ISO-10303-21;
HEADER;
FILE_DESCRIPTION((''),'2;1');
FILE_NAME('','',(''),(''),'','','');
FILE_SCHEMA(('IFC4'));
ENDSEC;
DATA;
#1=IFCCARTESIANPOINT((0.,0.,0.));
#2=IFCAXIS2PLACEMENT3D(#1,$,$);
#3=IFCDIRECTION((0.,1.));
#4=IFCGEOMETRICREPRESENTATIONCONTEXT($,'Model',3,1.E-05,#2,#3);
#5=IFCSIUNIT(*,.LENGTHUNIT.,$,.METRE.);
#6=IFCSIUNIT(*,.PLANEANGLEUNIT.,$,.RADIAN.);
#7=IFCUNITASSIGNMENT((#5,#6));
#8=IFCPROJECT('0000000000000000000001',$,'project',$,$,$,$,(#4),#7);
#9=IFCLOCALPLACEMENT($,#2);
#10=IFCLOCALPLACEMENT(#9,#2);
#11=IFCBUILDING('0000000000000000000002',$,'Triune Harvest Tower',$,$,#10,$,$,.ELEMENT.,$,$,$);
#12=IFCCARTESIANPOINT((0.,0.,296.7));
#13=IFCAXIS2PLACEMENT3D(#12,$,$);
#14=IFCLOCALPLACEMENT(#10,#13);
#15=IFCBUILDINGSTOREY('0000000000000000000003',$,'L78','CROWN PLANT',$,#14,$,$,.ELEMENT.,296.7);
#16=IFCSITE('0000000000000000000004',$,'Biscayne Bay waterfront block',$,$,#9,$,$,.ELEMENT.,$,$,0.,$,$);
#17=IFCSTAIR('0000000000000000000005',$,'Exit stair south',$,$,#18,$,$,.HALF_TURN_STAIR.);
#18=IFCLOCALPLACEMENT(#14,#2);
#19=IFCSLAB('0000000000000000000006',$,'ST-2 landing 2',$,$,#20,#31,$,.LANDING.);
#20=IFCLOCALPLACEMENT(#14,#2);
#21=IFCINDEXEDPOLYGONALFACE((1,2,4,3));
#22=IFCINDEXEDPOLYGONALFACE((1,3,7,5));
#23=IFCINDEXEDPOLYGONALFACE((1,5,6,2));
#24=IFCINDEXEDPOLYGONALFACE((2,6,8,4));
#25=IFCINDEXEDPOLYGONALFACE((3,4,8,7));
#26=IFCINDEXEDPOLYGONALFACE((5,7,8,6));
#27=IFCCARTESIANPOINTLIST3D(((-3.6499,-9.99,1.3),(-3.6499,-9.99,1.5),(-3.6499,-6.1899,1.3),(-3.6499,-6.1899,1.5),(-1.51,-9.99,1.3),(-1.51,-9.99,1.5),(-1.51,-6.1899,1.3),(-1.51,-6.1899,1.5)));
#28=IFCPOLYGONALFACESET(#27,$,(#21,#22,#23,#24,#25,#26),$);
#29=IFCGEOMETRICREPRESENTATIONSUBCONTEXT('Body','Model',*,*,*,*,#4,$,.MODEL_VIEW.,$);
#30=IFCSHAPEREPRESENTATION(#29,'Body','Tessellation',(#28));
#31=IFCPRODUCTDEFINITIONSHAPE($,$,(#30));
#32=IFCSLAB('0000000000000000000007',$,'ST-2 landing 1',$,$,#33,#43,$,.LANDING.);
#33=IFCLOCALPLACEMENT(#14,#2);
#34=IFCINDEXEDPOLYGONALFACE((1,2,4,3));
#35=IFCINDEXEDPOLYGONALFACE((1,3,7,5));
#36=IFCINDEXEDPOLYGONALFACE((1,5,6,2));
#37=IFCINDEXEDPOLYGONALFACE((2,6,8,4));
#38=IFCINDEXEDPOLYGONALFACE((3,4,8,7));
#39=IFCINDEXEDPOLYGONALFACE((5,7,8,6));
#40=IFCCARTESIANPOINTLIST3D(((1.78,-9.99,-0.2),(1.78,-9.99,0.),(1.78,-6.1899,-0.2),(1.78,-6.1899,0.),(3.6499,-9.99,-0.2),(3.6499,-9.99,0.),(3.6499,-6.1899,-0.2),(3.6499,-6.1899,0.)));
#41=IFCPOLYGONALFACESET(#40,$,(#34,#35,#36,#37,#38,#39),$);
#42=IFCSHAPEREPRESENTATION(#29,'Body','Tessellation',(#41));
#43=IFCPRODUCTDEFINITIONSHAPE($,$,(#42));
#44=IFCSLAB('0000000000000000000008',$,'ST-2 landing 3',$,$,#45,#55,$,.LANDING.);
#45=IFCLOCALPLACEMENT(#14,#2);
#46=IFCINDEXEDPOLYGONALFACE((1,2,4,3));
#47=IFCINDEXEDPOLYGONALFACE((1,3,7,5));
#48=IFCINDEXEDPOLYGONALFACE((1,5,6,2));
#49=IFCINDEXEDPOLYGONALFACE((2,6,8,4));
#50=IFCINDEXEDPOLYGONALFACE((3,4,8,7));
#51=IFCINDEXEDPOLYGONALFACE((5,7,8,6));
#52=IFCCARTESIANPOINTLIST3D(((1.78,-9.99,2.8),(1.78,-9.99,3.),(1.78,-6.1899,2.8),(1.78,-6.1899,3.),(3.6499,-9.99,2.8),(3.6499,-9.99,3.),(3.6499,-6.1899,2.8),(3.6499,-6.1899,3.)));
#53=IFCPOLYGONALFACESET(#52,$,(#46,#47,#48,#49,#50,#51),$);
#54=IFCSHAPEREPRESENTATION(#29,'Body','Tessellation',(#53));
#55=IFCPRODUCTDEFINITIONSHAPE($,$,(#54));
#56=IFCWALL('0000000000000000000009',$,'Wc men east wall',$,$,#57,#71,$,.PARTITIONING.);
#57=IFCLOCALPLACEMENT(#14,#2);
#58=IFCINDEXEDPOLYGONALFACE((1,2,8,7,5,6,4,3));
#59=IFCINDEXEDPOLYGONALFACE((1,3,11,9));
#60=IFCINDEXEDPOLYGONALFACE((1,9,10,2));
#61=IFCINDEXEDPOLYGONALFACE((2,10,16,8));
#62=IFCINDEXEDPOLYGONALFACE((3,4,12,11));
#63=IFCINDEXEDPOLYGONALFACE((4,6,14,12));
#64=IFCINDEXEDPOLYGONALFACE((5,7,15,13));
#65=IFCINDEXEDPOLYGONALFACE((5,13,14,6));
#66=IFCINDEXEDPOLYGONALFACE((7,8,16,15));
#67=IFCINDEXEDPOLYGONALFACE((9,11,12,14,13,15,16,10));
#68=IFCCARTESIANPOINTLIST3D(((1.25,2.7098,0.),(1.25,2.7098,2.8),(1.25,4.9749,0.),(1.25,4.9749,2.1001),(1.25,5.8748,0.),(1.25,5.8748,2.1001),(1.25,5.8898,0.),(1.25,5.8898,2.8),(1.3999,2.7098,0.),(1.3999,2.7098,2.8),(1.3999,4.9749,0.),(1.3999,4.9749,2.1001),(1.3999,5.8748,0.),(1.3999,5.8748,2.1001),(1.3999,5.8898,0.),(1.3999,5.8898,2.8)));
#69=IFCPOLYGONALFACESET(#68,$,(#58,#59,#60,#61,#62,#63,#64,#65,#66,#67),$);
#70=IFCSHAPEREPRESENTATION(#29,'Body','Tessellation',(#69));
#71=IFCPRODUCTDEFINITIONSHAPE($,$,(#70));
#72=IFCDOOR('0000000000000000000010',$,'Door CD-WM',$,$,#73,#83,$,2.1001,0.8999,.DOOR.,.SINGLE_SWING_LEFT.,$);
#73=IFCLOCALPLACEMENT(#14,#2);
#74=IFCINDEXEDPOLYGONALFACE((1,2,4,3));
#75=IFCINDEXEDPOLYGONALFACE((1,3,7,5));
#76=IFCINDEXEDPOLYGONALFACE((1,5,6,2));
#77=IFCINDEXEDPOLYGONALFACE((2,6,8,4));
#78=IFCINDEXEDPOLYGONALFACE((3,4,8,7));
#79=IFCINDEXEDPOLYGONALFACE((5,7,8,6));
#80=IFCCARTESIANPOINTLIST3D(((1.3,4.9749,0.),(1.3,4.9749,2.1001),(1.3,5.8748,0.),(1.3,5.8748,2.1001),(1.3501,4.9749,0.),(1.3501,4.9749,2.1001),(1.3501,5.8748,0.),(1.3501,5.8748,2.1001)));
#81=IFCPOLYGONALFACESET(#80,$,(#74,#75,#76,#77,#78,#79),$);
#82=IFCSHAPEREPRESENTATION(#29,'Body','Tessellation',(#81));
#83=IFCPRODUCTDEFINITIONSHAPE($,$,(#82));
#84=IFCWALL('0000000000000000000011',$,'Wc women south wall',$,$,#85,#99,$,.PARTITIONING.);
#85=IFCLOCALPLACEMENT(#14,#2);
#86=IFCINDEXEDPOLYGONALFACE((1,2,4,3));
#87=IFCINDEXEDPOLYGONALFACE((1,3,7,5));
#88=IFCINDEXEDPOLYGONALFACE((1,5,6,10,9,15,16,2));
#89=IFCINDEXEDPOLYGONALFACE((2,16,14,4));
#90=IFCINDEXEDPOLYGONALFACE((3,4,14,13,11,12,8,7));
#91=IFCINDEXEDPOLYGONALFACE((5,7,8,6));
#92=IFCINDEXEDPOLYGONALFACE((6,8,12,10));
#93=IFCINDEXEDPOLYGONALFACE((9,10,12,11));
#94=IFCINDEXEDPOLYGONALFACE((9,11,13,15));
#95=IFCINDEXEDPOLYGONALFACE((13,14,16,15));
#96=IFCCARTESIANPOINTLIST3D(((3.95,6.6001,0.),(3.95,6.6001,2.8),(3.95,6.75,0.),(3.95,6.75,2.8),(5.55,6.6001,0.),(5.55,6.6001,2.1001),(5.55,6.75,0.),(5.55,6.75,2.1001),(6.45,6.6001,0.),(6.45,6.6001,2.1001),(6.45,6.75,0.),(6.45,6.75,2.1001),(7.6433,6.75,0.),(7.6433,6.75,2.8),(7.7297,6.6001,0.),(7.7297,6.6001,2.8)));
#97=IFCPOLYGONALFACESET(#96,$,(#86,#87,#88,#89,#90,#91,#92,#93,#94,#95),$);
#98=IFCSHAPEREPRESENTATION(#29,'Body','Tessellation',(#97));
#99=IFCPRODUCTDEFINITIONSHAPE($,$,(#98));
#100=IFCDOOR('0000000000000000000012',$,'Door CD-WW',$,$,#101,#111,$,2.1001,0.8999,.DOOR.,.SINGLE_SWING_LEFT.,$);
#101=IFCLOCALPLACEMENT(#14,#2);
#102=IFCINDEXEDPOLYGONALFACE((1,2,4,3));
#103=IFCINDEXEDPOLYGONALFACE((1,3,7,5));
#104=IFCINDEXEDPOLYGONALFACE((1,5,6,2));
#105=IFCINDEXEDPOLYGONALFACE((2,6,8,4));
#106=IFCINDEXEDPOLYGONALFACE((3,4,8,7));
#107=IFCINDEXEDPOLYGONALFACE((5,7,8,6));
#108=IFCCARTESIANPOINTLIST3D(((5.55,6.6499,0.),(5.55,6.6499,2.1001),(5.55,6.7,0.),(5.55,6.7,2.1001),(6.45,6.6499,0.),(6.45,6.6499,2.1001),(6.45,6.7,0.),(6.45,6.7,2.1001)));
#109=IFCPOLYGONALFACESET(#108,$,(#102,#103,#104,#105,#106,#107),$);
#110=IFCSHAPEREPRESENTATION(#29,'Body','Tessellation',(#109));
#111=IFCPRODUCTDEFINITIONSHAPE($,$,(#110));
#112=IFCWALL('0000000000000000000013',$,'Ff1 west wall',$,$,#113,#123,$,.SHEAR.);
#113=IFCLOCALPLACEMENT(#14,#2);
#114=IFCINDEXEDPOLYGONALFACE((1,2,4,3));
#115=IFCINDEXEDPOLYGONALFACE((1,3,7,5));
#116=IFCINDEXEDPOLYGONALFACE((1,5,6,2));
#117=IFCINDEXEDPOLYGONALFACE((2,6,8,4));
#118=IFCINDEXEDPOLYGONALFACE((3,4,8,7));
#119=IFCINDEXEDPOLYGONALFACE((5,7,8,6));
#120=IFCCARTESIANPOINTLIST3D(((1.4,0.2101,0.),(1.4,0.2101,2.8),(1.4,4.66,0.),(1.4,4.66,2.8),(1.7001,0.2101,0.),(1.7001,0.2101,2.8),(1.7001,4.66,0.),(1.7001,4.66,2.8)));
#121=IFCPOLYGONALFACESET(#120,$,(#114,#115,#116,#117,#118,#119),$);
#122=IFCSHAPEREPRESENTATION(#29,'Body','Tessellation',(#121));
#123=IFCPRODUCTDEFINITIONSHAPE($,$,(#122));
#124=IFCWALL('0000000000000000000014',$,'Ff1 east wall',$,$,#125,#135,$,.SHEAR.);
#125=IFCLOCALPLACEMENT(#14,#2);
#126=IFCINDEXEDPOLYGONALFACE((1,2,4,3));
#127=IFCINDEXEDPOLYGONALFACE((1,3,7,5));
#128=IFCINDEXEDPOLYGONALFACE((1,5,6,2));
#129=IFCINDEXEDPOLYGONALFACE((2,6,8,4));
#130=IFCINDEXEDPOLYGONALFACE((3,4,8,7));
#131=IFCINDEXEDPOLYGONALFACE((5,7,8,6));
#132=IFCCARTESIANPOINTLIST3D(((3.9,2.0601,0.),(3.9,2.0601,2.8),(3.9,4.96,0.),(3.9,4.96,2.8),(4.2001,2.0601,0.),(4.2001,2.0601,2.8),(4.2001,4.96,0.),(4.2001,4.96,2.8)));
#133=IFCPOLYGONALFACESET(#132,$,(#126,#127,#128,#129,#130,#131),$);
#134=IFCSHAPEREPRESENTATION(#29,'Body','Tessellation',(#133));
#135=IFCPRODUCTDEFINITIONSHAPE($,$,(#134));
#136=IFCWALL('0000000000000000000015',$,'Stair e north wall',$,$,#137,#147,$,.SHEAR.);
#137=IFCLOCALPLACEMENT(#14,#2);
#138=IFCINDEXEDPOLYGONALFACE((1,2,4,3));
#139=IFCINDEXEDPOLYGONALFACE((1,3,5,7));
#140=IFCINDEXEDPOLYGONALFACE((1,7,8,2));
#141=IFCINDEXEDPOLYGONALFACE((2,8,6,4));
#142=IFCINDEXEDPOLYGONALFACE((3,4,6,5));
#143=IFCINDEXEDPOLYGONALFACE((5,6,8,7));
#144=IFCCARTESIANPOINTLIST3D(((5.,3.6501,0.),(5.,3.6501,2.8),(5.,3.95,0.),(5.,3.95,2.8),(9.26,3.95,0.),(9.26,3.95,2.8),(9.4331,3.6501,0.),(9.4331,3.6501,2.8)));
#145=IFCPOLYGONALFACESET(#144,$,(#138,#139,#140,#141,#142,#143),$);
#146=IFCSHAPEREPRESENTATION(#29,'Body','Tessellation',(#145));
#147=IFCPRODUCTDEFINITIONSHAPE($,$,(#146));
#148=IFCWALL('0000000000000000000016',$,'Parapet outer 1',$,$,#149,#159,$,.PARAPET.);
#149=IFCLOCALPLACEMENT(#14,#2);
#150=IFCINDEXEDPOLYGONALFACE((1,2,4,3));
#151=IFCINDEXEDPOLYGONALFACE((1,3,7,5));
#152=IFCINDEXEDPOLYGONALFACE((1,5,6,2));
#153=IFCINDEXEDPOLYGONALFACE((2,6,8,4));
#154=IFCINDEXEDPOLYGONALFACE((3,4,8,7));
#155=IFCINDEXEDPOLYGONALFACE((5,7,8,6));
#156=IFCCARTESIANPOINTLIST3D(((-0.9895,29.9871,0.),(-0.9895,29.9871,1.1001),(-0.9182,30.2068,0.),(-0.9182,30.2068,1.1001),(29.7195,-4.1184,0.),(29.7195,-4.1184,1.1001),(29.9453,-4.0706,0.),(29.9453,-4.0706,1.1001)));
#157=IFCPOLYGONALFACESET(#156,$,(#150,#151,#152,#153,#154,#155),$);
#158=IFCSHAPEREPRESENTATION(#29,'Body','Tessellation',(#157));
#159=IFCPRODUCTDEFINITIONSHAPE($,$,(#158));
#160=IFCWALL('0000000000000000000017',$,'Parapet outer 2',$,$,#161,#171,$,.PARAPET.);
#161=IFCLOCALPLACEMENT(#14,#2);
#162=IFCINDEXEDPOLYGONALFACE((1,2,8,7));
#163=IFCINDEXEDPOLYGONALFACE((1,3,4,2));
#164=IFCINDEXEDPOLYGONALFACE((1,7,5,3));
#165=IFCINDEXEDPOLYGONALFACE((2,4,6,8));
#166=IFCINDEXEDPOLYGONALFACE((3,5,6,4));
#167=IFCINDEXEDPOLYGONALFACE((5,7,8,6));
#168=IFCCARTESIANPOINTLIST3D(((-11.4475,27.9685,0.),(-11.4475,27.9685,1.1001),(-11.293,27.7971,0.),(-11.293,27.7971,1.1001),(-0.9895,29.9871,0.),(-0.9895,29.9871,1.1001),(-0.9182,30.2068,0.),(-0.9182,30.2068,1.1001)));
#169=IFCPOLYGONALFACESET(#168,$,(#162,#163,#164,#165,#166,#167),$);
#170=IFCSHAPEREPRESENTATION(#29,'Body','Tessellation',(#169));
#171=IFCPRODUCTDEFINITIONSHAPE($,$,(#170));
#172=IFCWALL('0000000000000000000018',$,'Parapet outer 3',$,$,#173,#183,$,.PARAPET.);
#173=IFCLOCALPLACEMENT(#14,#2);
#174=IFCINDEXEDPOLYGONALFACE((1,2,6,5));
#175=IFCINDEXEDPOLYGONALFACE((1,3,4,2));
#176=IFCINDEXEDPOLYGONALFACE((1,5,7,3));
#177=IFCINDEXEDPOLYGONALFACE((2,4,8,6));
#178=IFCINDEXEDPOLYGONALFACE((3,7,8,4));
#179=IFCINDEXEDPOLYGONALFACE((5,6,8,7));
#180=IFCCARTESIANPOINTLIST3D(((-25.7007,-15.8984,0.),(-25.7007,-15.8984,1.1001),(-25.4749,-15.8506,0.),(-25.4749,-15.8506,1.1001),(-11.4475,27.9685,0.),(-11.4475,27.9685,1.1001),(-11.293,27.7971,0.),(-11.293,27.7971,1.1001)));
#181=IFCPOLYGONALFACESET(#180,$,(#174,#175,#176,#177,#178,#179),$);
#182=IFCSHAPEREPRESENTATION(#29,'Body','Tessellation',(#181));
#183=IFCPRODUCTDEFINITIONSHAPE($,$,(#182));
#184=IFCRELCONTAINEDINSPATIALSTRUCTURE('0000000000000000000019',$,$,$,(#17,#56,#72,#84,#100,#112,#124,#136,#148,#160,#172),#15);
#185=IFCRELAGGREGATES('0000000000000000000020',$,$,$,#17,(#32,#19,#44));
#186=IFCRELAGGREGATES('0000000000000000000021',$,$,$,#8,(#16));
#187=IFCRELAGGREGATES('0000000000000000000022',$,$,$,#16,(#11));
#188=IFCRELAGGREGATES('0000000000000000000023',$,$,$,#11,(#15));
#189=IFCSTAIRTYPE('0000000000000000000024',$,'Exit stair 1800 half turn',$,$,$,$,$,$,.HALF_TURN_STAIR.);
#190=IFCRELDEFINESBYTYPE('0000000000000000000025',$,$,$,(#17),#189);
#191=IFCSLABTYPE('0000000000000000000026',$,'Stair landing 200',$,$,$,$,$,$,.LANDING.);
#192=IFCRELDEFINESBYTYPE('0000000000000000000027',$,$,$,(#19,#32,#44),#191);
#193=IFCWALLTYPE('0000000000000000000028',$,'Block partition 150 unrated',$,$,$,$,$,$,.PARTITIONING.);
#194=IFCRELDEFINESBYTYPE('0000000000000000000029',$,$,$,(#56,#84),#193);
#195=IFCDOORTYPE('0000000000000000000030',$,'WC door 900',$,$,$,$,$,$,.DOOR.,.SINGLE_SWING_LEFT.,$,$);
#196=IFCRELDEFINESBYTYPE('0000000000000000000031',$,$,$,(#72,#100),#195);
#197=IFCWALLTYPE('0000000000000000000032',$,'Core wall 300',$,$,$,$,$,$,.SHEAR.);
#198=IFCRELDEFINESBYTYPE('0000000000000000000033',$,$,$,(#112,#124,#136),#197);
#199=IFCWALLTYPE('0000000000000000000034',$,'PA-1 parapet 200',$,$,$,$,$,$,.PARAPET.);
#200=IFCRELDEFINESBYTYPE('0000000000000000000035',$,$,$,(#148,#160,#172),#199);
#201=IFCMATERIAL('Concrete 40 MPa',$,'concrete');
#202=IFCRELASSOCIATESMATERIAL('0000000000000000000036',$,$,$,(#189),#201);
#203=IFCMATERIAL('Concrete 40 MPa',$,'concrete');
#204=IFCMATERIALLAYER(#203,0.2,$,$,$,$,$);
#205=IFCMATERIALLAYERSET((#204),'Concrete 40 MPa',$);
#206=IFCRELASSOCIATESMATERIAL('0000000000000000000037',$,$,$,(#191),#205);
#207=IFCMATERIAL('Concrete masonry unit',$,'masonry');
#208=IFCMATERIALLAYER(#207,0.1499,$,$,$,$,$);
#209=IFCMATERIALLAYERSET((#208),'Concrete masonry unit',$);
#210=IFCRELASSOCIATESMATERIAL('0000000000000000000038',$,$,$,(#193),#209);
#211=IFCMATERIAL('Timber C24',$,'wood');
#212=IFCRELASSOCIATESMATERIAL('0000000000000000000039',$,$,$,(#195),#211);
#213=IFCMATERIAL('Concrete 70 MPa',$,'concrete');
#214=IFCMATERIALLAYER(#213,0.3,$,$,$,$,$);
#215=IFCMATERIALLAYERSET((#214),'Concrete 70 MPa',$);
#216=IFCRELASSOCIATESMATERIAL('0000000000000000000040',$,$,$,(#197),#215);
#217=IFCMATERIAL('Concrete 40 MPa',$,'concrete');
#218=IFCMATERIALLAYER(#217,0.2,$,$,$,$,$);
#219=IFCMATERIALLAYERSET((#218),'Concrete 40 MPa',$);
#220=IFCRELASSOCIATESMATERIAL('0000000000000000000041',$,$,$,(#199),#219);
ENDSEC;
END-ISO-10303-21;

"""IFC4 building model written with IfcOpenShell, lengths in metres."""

from ifc_helpers import new_model, si_unit, direction, frame, frame_2d, origin, place, context, subcontext, project, spatial, polyline, rectangle, outline, extrude, source, transform, mapped, material, layer, layer_set, type_object, element, fill, aggregate, save


model = new_model("IFC4")

# Units and contexts
model_context = context("Model", 3, precision=1e-05, world=origin(), true_north=direction((0.0, 1.0)))
body_context = subcontext(model_context, "Body", "Model", "MODEL_VIEW")
ifc_project = project(units=[si_unit("LENGTHUNIT", "METRE"), si_unit("PLANEANGLEUNIT", "RADIAN")], contexts=[model_context])

# Site, building, storey
site_placement = place(None, origin())
site = spatial("IfcSite", under=ifc_project, at=site_placement, Name="Biscayne Bay waterfront block", CompositionType="ELEMENT", RefElevation=0.0)
building_placement = place(site_placement, origin())
building = spatial("IfcBuilding", under=site, at=building_placement, Name="Triune Harvest Tower", CompositionType="ELEMENT")
storey_placement = place(building_placement, frame((0.0, 0.0, 296.7)))
storey = spatial("IfcBuildingStorey", under=building, at=storey_placement, Name="L78", Description="CROWN PLANT", CompositionType="ELEMENT", Elevation=296.7)

# Stair, slabs
ifc_material_1 = material(Name="Concrete 40 MPa", Category="concrete")
stair_type = type_object("IfcStairType", Name="Exit stair 1800 half turn", PredefinedType="HALF_TURN_STAIR", material=ifc_material_1)
stair_placement = place(storey_placement, origin())
stair = element("IfcStair", 1, at=stair_placement, inside=storey, type_object=stair_type, Name="Exit stair south", PredefinedType="HALF_TURN_STAIR")
ifc_material_2 = material(Name="Concrete 40 MPa", Category="concrete")
ifc_layer_1 = layer(ifc_material_2, 0.2)
ifc_layer_set_1 = layer_set([ifc_layer_1], Name="Concrete 40 MPa")
slab_type = type_object("IfcSlabType", Name="Stair landing 200", PredefinedType="LANDING", material=ifc_layer_set_1)
shared_shape_1 = source(origin(), body_context, "Body", "SweptSolid", [
    extrude(outline(polyline([(-1.51, -6.1899), (-3.6499, -6.1899), (-3.6499, -9.99), (-1.51, -9.99), (-1.51, -6.1899)])), origin(), (0.0, 0.0, 1.0), 0.2),
])
slab_1_placement = place(storey_placement, frame((0.0, 0.0, 1.3)))
slab_1 = element("IfcSlab", 2, at=slab_1_placement, type_object=slab_type, Name="ST-2 landing 2", PredefinedType="LANDING", context=body_context, shape_type="MappedRepresentation", body=[
    mapped(shared_shape_1, transform((0.0, 0.0, 0.0), scale=1.0)),
])
shared_shape_2 = source(origin(), body_context, "Body", "SweptSolid", [
    extrude(outline(polyline([(3.6499, -6.1899), (1.78, -6.1899), (1.78, -9.99), (3.6499, -9.99), (3.6499, -6.1899)])), origin(), (0.0, 0.0, 1.0), 0.2),
])
slab_2_placement = place(storey_placement, frame((0.0, 0.0, -0.2)))
slab_2 = element("IfcSlab", 3, at=slab_2_placement, type_object=slab_type, Name="ST-2 landing 1", PredefinedType="LANDING", context=body_context, shape_type="MappedRepresentation", body=[
    mapped(shared_shape_2, transform((0.0, 0.0, 0.0), scale=1.0)),
])
slab_3_placement = place(storey_placement, frame((0.0, 0.0, 2.8)))
slab_3 = element("IfcSlab", 4, at=slab_3_placement, type_object=slab_type, Name="ST-2 landing 3", PredefinedType="LANDING", context=body_context, shape_type="MappedRepresentation", body=[
    mapped(shared_shape_2, transform((0.0, 0.0, 0.0), scale=1.0)),
])
aggregate(stair, [slab_2, slab_1, slab_3])

# Walls, openings, doors
ifc_material_3 = material(Name="Concrete masonry unit", Category="masonry")
ifc_layer_2 = layer(ifc_material_3, 0.1499)
ifc_layer_set_2 = layer_set([ifc_layer_2], Name="Concrete masonry unit")
wall_type_1 = type_object("IfcWallType", Name="Block partition 150 unrated", PredefinedType="PARTITIONING", material=ifc_layer_set_2)
wall_1_placement = place(storey_placement, frame((1.325, 2.71, 0.0), z_axis=(0.0, 0.0, 1.0), x_axis=(0.0, 1.0, 0.0)))
wall_1 = element("IfcWall", 5, at=wall_1_placement, inside=storey, type_object=wall_type_1, Name="Wc men east wall", PredefinedType="PARTITIONING", context=body_context, shape_type="SweptSolid", body=[
    extrude(rectangle(XDim=3.1799, YDim=0.1499, at=frame_2d((1.5898, 0.0))), origin(), (0.0, 0.0, 1.0), 2.8),
])
opening_1_placement = place(wall_1_placement, frame((2.2649, 0.0, 0.0)))
opening_1 = element("IfcOpeningElement", 6, at=opening_1_placement, cuts=wall_1, PredefinedType="OPENING", context=body_context, shape_type="SweptSolid", body=[
    extrude(rectangle(XDim=0.8999, YDim=2.1001, at=frame_2d((0.45, 1.05))), frame((0.0, 0.085, 0.0), z_axis=(0.0, -1.0, 0.0), x_axis=(1.0, 0.0, 0.0)), (0.0, 0.0, 1.0), 0.1699),
])
ifc_material_4 = material(Name="Timber C24", Category="wood")
door_type_1 = type_object("IfcDoorType", Name="WC door 900", OperationType="SINGLE_SWING_LEFT", PredefinedType="DOOR", material=ifc_material_4)
door_1_placement = place(opening_1_placement, origin())
door_1 = element("IfcDoor", 7, at=door_1_placement, inside=storey, type_object=door_type_1, Name="Door CD-WM", OperationType="SINGLE_SWING_LEFT", OverallHeight=2.1001, OverallWidth=0.8999, PredefinedType="DOOR", context=body_context, shape_type="SweptSolid", body=[
    extrude(rectangle(XDim=0.8999, YDim=2.1001, at=frame_2d((0.45, 1.05))), frame((0.0, 0.0249, 0.0), z_axis=(0.0, -1.0, 0.0), x_axis=(1.0, 0.0, 0.0)), (0.0, 0.0, 1.0), 0.05),
])
fill(opening_1, door_1)
wall_2_placement = place(storey_placement, frame((3.95, 6.675, 0.0), z_axis=(0.0, 0.0, 1.0), x_axis=(1.0, 0.0, 0.0)))
wall_2 = element("IfcWall", 8, at=wall_2_placement, inside=storey, type_object=wall_type_1, Name="Wc women south wall", PredefinedType="PARTITIONING", context=body_context, shape_type="SweptSolid", body=[
    extrude(outline(polyline([(0.0, -0.075), (0.0, 0.075), (3.6934, 0.075), (3.7798, -0.075), (0.0, -0.075)])), origin(), (0.0, 0.0, 1.0), 2.8),
])
opening_2_placement = place(wall_2_placement, frame((1.6001, 0.0, 0.0)))
opening_2 = element("IfcOpeningElement", 9, at=opening_2_placement, cuts=wall_2, PredefinedType="OPENING", context=body_context, shape_type="SweptSolid", body=[
    extrude(rectangle(XDim=0.8999, YDim=2.1001, at=frame_2d((0.45, 1.05))), frame((0.0, 0.085, 0.0), z_axis=(0.0, -1.0, 0.0), x_axis=(1.0, 0.0, 0.0)), (0.0, 0.0, 1.0), 0.1699),
])
door_2_placement = place(opening_2_placement, origin())
door_2 = element("IfcDoor", 10, at=door_2_placement, inside=storey, type_object=door_type_1, Name="Door CD-WW", OperationType="SINGLE_SWING_LEFT", OverallHeight=2.1001, OverallWidth=0.8999, PredefinedType="DOOR", context=body_context, shape_type="SweptSolid", body=[
    extrude(rectangle(XDim=0.8999, YDim=2.1001, at=frame_2d((0.45, 1.05))), frame((0.0, 0.0249, 0.0), z_axis=(0.0, -1.0, 0.0), x_axis=(1.0, 0.0, 0.0)), (0.0, 0.0, 1.0), 0.05),
])
fill(opening_2, door_2)

# Walls
ifc_material_5 = material(Name="Concrete 70 MPa", Category="concrete")
ifc_layer_3 = layer(ifc_material_5, 0.3)
ifc_layer_set_3 = layer_set([ifc_layer_3], Name="Concrete 70 MPa")
wall_type_2 = type_object("IfcWallType", Name="Core wall 300", PredefinedType="SHEAR", material=ifc_layer_set_3)
wall_3_placement = place(storey_placement, frame((1.55, 0.21, 0.0), z_axis=(0.0, 0.0, 1.0), x_axis=(0.0, 1.0, 0.0)))
element("IfcWall", 11, at=wall_3_placement, inside=storey, type_object=wall_type_2, Name="Ff1 west wall", PredefinedType="SHEAR", context=body_context, shape_type="SweptSolid", body=[
    extrude(rectangle(XDim=4.45, YDim=0.3, at=frame_2d((2.2251, 0.0))), origin(), (0.0, 0.0, 1.0), 2.8),
])
wall_4_placement = place(storey_placement, frame((4.05, 2.0601, 0.0), z_axis=(0.0, 0.0, 1.0), x_axis=(0.0, 1.0, 0.0)))
element("IfcWall", 12, at=wall_4_placement, inside=storey, type_object=wall_type_2, Name="Ff1 east wall", PredefinedType="SHEAR", context=body_context, shape_type="SweptSolid", body=[
    extrude(rectangle(XDim=2.8999, YDim=0.3, at=frame_2d((1.45, 0.0))), origin(), (0.0, 0.0, 1.0), 2.8),
])
wall_5_placement = place(storey_placement, frame((5.0, 3.8, 0.0), z_axis=(0.0, 0.0, 1.0), x_axis=(1.0, 0.0, 0.0)))
element("IfcWall", 13, at=wall_5_placement, inside=storey, type_object=wall_type_2, Name="Stair e north wall", PredefinedType="SHEAR", context=body_context, shape_type="SweptSolid", body=[
    extrude(outline(polyline([(0.0, -0.1499), (0.0, 0.1499), (4.26, 0.1499), (4.4331, -0.1499), (0.0, -0.1499)])), origin(), (0.0, 0.0, 1.0), 2.8),
])
ifc_material_6 = material(Name="Concrete 40 MPa", Category="concrete")
ifc_layer_4 = layer(ifc_material_6, 0.2)
ifc_layer_set_4 = layer_set([ifc_layer_4], Name="Concrete 40 MPa")
wall_type_3 = type_object("IfcWallType", Name="PA-1 parapet 200", PredefinedType="PARAPET", material=ifc_layer_set_4)
wall_6_placement = place(storey_placement, origin())
element("IfcWall", 14, at=wall_6_placement, inside=storey, type_object=wall_type_3, Name="Parapet outer 1", PredefinedType="PARAPET", context=body_context, shape_type="SweptSolid", body=[
    extrude(outline(polyline([(29.9453, -4.0706), (-0.9182, 30.2068), (-0.9895, 29.9871), (29.7195, -4.1184), (29.9453, -4.0706)])), origin(), (0.0, 0.0, 1.0), 1.1001),
])
wall_7_placement = place(storey_placement, origin())
element("IfcWall", 15, at=wall_7_placement, inside=storey, type_object=wall_type_3, Name="Parapet outer 2", PredefinedType="PARAPET", context=body_context, shape_type="SweptSolid", body=[
    extrude(outline(polyline([(-0.9182, 30.2068), (-11.4475, 27.9685), (-11.293, 27.7971), (-0.9895, 29.9871), (-0.9182, 30.2068)])), origin(), (0.0, 0.0, 1.0), 1.1001),
])
wall_8_placement = place(storey_placement, origin())
element("IfcWall", 16, at=wall_8_placement, inside=storey, type_object=wall_type_3, Name="Parapet outer 3", PredefinedType="PARAPET", context=body_context, shape_type="SweptSolid", body=[
    extrude(outline(polyline([(-11.4475, 27.9685), (-25.7007, -15.8984), (-25.4749, -15.8506), (-11.293, 27.7971), (-11.4475, 27.9685)])), origin(), (0.0, 0.0, 1.0), 1.1001),
])

save(model, "model.ifc")
